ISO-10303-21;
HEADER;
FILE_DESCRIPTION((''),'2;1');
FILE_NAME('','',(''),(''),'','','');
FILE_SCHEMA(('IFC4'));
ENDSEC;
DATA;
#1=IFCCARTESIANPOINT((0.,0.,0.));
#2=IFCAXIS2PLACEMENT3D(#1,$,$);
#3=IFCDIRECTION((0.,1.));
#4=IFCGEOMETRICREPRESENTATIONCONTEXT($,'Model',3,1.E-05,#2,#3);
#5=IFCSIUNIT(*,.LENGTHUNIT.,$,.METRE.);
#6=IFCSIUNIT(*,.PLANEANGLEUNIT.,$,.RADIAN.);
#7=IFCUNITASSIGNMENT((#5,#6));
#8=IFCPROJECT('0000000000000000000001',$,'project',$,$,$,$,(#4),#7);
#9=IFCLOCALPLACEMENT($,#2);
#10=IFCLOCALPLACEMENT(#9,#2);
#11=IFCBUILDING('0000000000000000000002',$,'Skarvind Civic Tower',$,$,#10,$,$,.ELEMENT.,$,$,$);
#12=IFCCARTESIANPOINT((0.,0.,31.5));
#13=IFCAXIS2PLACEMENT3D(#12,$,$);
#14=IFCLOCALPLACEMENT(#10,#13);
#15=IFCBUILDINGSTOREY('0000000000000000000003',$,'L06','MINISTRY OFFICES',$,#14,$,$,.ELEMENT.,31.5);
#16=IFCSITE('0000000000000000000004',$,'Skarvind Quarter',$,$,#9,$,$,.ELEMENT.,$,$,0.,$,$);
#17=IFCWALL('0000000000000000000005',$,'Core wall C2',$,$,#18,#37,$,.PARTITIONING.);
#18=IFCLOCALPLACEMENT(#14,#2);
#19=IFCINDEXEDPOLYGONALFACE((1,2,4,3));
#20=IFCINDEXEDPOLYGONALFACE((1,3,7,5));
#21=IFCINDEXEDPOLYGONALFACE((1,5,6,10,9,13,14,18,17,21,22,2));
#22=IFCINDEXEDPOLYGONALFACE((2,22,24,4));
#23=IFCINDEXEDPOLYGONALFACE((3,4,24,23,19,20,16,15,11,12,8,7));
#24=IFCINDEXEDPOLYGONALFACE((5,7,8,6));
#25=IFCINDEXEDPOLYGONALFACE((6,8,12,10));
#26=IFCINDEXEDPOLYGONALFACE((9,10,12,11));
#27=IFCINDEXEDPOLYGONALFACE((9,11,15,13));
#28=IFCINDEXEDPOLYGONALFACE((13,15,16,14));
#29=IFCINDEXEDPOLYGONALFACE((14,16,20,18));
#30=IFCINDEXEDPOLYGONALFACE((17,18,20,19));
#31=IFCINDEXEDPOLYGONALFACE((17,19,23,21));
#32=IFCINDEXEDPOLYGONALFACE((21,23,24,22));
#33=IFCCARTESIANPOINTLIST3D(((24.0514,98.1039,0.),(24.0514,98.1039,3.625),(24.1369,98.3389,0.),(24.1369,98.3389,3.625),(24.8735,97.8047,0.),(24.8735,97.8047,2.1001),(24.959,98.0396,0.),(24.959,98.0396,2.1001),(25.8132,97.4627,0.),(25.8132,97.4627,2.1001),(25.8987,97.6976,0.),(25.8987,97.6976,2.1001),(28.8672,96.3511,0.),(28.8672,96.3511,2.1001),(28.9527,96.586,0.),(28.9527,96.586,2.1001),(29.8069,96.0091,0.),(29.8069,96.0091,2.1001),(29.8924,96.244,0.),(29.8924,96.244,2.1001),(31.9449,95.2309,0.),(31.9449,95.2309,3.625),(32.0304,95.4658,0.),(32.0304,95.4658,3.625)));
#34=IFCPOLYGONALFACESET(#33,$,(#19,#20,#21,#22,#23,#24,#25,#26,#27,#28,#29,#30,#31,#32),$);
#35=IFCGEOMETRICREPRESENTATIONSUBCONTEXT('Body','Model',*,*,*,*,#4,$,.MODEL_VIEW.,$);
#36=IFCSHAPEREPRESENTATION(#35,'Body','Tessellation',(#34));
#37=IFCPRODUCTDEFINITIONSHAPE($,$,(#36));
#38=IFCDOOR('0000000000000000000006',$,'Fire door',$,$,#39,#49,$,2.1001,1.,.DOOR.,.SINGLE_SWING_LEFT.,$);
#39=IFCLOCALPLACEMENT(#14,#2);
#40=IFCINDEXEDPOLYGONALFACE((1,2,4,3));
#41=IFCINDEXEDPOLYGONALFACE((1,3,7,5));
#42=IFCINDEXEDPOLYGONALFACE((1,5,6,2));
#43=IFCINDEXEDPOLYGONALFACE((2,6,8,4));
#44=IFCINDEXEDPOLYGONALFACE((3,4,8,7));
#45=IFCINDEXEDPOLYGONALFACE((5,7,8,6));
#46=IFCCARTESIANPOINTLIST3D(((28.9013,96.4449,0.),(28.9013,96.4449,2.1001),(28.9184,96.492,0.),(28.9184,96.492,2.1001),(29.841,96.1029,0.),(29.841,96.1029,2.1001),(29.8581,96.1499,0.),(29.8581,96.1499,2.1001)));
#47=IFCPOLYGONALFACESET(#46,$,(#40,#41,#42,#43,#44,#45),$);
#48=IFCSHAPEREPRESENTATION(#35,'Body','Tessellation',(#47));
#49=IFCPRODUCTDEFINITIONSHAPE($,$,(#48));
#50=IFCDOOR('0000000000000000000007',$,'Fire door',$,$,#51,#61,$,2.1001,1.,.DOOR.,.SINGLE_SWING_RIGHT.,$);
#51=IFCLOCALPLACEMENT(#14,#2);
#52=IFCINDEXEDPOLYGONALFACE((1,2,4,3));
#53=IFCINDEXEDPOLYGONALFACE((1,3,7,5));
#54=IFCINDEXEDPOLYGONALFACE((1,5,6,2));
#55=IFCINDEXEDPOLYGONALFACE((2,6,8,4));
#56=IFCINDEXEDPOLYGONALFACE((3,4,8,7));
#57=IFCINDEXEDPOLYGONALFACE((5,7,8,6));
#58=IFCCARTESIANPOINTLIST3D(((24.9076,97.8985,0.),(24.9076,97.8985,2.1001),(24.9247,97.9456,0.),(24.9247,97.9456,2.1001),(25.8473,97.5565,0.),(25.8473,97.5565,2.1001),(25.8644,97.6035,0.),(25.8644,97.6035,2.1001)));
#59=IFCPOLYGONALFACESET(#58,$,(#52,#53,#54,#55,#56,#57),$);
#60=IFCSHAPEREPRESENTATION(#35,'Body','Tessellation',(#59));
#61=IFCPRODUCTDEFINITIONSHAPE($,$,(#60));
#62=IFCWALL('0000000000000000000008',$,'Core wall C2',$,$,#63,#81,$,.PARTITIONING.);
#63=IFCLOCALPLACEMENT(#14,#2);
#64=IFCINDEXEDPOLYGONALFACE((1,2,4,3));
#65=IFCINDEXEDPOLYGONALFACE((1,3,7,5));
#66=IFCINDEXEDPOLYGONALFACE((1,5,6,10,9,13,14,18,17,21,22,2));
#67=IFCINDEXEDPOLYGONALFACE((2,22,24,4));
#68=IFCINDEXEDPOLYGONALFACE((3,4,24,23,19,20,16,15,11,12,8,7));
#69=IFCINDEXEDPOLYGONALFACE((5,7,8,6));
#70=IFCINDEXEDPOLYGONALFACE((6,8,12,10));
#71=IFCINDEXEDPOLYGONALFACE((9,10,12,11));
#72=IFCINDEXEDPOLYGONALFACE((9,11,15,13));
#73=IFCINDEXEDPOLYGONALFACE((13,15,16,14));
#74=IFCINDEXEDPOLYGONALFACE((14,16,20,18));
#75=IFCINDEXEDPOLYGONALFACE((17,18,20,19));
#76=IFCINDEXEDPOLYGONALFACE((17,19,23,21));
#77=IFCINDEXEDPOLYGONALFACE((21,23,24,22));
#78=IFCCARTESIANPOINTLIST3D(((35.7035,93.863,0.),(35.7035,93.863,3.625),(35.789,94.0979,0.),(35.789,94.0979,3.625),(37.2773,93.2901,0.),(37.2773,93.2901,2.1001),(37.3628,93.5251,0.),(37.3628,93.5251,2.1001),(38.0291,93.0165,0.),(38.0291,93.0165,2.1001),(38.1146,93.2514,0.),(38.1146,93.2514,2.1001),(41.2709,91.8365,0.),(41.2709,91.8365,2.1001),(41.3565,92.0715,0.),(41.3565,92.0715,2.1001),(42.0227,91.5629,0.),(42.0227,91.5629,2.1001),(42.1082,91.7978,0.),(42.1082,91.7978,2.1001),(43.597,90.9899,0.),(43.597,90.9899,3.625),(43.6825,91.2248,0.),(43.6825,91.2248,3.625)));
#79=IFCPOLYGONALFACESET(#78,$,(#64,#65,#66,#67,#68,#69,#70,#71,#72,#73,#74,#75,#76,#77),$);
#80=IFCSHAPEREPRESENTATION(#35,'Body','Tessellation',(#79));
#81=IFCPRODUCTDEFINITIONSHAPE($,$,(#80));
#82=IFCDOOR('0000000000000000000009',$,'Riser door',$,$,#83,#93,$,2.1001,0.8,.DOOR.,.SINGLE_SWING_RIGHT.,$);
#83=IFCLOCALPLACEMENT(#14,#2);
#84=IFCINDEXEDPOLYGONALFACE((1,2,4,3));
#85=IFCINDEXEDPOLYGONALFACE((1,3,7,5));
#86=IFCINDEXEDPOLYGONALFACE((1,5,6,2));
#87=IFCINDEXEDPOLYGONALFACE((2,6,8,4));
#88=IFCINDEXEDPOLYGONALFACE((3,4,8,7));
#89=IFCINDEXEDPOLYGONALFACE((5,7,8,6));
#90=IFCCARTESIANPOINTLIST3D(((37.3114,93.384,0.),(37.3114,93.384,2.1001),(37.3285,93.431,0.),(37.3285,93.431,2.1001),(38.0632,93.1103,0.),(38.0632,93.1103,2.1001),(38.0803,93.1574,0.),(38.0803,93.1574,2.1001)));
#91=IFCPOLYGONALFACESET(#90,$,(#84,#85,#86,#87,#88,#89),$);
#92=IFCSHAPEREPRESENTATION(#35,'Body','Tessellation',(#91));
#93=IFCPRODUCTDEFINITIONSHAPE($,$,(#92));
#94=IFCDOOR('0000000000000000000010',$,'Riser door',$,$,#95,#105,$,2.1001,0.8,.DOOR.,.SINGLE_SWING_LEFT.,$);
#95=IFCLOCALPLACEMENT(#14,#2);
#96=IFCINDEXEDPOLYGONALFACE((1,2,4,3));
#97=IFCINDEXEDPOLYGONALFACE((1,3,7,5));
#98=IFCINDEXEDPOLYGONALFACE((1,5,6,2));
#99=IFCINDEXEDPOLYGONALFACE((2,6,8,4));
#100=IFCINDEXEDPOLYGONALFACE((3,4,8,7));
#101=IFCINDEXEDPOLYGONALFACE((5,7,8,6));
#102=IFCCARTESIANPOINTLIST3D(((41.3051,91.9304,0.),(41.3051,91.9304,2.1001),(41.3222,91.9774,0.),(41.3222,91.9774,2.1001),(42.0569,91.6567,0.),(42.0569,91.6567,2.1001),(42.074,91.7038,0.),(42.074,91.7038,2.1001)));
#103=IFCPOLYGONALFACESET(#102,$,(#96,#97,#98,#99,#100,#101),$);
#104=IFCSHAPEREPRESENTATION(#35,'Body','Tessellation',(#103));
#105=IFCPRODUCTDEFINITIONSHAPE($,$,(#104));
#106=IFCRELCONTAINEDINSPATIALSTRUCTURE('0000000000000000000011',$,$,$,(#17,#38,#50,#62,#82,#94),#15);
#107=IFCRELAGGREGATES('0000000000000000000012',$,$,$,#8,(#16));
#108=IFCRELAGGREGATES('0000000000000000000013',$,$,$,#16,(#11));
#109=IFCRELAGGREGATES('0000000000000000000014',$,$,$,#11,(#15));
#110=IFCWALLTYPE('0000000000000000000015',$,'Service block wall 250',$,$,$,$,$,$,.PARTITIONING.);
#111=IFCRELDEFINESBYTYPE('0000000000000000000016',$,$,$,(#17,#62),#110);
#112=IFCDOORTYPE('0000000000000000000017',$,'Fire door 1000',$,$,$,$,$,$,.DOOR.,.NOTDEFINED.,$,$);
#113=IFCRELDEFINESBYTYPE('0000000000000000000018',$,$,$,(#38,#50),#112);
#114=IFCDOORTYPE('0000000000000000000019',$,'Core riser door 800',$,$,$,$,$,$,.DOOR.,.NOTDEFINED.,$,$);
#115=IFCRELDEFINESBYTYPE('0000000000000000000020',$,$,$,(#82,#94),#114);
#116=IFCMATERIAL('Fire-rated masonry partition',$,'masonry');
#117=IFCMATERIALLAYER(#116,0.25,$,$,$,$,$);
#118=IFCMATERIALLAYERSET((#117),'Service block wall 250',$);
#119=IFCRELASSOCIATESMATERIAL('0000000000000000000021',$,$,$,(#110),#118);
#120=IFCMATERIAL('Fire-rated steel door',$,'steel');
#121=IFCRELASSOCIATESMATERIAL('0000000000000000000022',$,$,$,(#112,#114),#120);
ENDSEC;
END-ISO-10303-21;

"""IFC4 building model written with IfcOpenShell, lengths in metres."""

from ifc_helpers import new_model, si_unit, direction, frame, frame_2d, origin, place, context, subcontext, project, spatial, rectangle, extrude, material, layer, layer_set, type_object, element, fill, save


model = new_model("IFC4")

# Units and contexts
model_context = context("Model", 3, precision=1e-05, world=origin(), true_north=direction((0.0, 1.0)))
body_context = subcontext(model_context, "Body", "Model", "MODEL_VIEW")
ifc_project = project(units=[si_unit("LENGTHUNIT", "METRE"), si_unit("PLANEANGLEUNIT", "RADIAN")], contexts=[model_context])

# Site, building, storey
site_placement = place(None, origin())
site = spatial("IfcSite", under=ifc_project, at=site_placement, Name="Skarvind Quarter", CompositionType="ELEMENT", RefElevation=0.0)
building_placement = place(site_placement, origin())
building = spatial("IfcBuilding", under=site, at=building_placement, Name="Skarvind Civic Tower", CompositionType="ELEMENT")
storey_placement = place(building_placement, frame((0.0, 0.0, 31.5)))
storey = spatial("IfcBuildingStorey", under=building, at=storey_placement, Name="L06", Description="MINISTRY OFFICES", CompositionType="ELEMENT", Elevation=31.5)

# Shared definitions
ifc_material_1 = material(Name="Fire-rated masonry partition", Category="masonry")
ifc_material_2 = material(Name="Fire-rated steel door", Category="steel")

# Walls, openings, doors
ifc_layer_1 = layer(ifc_material_1, 0.25)
ifc_layer_set_1 = layer_set([ifc_layer_1], Name="Service block wall 250")
wall_type_1 = type_object("IfcWallType", Name="Service block wall 250", PredefinedType="PARTITIONING", material=ifc_layer_set_1)
wall_1_placement = place(storey_placement, frame((24.094, 98.2214, 0.0), z_axis=(0.0, 0.0, 1.0), x_axis=(0.939692, -0.342023, 0.0)))
wall_1 = element("IfcWall", 1, at=wall_1_placement, inside=storey, type_object=wall_type_1, Name="Core wall C2", PredefinedType="PARTITIONING", context=body_context, shape_type="SweptSolid", body=[
    extrude(rectangle(XDim=8.4001, YDim=0.25, at=frame_2d((4.2002, 0.0))), origin(), (0.0, 0.0, 1.0), 3.625),
])
opening_1_placement = place(wall_1_placement, frame((5.125, 0.0, 0.0)))
opening_1 = element("IfcOpeningElement", 2, at=opening_1_placement, cuts=wall_1, PredefinedType="OPENING", context=body_context, shape_type="SweptSolid", body=[
    extrude(rectangle(XDim=1.0, YDim=2.1001, at=frame_2d((0.5, 1.05))), frame((0.0, 0.135, 0.0), z_axis=(0.0, -1.0, 0.0), x_axis=(1.0, 0.0, 0.0)), (0.0, 0.0, 1.0), 0.27),
])
opening_2_placement = place(wall_1_placement, frame((0.875, 0.0, 0.0)))
opening_2 = element("IfcOpeningElement", 3, at=opening_2_placement, cuts=wall_1, PredefinedType="OPENING", context=body_context, shape_type="SweptSolid", body=[
    extrude(rectangle(XDim=1.0, YDim=2.1001, at=frame_2d((0.5, 1.05))), frame((0.0, 0.135, 0.0), z_axis=(0.0, -1.0, 0.0), x_axis=(1.0, 0.0, 0.0)), (0.0, 0.0, 1.0), 0.27),
])
door_type_1 = type_object("IfcDoorType", Name="Fire door 1000", OperationType="NOTDEFINED", PredefinedType="DOOR", material=ifc_material_2)
door_1_placement = place(opening_1_placement, origin())
door_1 = element("IfcDoor", 4, at=door_1_placement, inside=storey, type_object=door_type_1, Name="Fire door", OperationType="SINGLE_SWING_LEFT", OverallHeight=2.1001, OverallWidth=1.0, PredefinedType="DOOR", context=body_context, shape_type="SweptSolid", body=[
    extrude(rectangle(XDim=1.0, YDim=2.1001, at=frame_2d((0.5, 1.05))), frame((0.0, 0.0249, 0.0), z_axis=(0.0, -1.0, 0.0), x_axis=(1.0, 0.0, 0.0)), (0.0, 0.0, 1.0), 0.05),
])
fill(opening_1, door_1)
door_2_placement = place(opening_2_placement, origin())
door_2 = element("IfcDoor", 5, at=door_2_placement, inside=storey, type_object=door_type_1, Name="Fire door", OperationType="SINGLE_SWING_RIGHT", OverallHeight=2.1001, OverallWidth=1.0, PredefinedType="DOOR", context=body_context, shape_type="SweptSolid", body=[
    extrude(rectangle(XDim=1.0, YDim=2.1001, at=frame_2d((0.5, 1.05))), frame((0.0, 0.0249, 0.0), z_axis=(0.0, -1.0, 0.0), x_axis=(1.0, 0.0, 0.0)), (0.0, 0.0, 1.0), 0.05),
])
fill(opening_2, door_2)
wall_2_placement = place(storey_placement, frame((35.7461, 93.9805, 0.0), z_axis=(0.0, 0.0, 1.0), x_axis=(0.939692, -0.342023, 0.0)))
wall_2 = element("IfcWall", 6, at=wall_2_placement, inside=storey, type_object=wall_type_1, Name="Core wall C2", PredefinedType="PARTITIONING", context=body_context, shape_type="SweptSolid", body=[
    extrude(rectangle(XDim=8.4001, YDim=0.25, at=frame_2d((4.2002, 0.0))), origin(), (0.0, 0.0, 1.0), 3.625),
])
opening_3_placement = place(wall_2_placement, frame((1.675, 0.0, 0.0)))
opening_3 = element("IfcOpeningElement", 7, at=opening_3_placement, cuts=wall_2, PredefinedType="OPENING", context=body_context, shape_type="SweptSolid", body=[
    extrude(rectangle(XDim=0.8, YDim=2.1001, at=frame_2d((0.3999, 1.05))), frame((0.0, 0.135, 0.0), z_axis=(0.0, -1.0, 0.0), x_axis=(1.0, 0.0, 0.0)), (0.0, 0.0, 1.0), 0.27),
])
opening_4_placement = place(wall_2_placement, frame((5.925, 0.0, 0.0)))
opening_4 = element("IfcOpeningElement", 8, at=opening_4_placement, cuts=wall_2, PredefinedType="OPENING", context=body_context, shape_type="SweptSolid", body=[
    extrude(rectangle(XDim=0.8, YDim=2.1001, at=frame_2d((0.3999, 1.05))), frame((0.0, 0.135, 0.0), z_axis=(0.0, -1.0, 0.0), x_axis=(1.0, 0.0, 0.0)), (0.0, 0.0, 1.0), 0.27),
])
door_type_2 = type_object("IfcDoorType", Name="Core riser door 800", OperationType="NOTDEFINED", PredefinedType="DOOR", material=ifc_material_2)
door_3_placement = place(opening_3_placement, origin())
door_3 = element("IfcDoor", 9, at=door_3_placement, inside=storey, type_object=door_type_2, Name="Riser door", OperationType="SINGLE_SWING_RIGHT", OverallHeight=2.1001, OverallWidth=0.8, PredefinedType="DOOR", context=body_context, shape_type="SweptSolid", body=[
    extrude(rectangle(XDim=0.8, YDim=2.1001, at=frame_2d((0.3999, 1.05))), frame((0.0, 0.0249, 0.0), z_axis=(0.0, -1.0, 0.0), x_axis=(1.0, 0.0, 0.0)), (0.0, 0.0, 1.0), 0.05),
])
fill(opening_3, door_3)
door_4_placement = place(opening_4_placement, origin())
door_4 = element("IfcDoor", 10, at=door_4_placement, inside=storey, type_object=door_type_2, Name="Riser door", OperationType="SINGLE_SWING_LEFT", OverallHeight=2.1001, OverallWidth=0.8, PredefinedType="DOOR", context=body_context, shape_type="SweptSolid", body=[
    extrude(rectangle(XDim=0.8, YDim=2.1001, at=frame_2d((0.3999, 1.05))), frame((0.0, 0.0249, 0.0), z_axis=(0.0, -1.0, 0.0), x_axis=(1.0, 0.0, 0.0)), (0.0, 0.0, 1.0), 0.05),
])
fill(opening_4, door_4)

save(model, "model.ifc")
